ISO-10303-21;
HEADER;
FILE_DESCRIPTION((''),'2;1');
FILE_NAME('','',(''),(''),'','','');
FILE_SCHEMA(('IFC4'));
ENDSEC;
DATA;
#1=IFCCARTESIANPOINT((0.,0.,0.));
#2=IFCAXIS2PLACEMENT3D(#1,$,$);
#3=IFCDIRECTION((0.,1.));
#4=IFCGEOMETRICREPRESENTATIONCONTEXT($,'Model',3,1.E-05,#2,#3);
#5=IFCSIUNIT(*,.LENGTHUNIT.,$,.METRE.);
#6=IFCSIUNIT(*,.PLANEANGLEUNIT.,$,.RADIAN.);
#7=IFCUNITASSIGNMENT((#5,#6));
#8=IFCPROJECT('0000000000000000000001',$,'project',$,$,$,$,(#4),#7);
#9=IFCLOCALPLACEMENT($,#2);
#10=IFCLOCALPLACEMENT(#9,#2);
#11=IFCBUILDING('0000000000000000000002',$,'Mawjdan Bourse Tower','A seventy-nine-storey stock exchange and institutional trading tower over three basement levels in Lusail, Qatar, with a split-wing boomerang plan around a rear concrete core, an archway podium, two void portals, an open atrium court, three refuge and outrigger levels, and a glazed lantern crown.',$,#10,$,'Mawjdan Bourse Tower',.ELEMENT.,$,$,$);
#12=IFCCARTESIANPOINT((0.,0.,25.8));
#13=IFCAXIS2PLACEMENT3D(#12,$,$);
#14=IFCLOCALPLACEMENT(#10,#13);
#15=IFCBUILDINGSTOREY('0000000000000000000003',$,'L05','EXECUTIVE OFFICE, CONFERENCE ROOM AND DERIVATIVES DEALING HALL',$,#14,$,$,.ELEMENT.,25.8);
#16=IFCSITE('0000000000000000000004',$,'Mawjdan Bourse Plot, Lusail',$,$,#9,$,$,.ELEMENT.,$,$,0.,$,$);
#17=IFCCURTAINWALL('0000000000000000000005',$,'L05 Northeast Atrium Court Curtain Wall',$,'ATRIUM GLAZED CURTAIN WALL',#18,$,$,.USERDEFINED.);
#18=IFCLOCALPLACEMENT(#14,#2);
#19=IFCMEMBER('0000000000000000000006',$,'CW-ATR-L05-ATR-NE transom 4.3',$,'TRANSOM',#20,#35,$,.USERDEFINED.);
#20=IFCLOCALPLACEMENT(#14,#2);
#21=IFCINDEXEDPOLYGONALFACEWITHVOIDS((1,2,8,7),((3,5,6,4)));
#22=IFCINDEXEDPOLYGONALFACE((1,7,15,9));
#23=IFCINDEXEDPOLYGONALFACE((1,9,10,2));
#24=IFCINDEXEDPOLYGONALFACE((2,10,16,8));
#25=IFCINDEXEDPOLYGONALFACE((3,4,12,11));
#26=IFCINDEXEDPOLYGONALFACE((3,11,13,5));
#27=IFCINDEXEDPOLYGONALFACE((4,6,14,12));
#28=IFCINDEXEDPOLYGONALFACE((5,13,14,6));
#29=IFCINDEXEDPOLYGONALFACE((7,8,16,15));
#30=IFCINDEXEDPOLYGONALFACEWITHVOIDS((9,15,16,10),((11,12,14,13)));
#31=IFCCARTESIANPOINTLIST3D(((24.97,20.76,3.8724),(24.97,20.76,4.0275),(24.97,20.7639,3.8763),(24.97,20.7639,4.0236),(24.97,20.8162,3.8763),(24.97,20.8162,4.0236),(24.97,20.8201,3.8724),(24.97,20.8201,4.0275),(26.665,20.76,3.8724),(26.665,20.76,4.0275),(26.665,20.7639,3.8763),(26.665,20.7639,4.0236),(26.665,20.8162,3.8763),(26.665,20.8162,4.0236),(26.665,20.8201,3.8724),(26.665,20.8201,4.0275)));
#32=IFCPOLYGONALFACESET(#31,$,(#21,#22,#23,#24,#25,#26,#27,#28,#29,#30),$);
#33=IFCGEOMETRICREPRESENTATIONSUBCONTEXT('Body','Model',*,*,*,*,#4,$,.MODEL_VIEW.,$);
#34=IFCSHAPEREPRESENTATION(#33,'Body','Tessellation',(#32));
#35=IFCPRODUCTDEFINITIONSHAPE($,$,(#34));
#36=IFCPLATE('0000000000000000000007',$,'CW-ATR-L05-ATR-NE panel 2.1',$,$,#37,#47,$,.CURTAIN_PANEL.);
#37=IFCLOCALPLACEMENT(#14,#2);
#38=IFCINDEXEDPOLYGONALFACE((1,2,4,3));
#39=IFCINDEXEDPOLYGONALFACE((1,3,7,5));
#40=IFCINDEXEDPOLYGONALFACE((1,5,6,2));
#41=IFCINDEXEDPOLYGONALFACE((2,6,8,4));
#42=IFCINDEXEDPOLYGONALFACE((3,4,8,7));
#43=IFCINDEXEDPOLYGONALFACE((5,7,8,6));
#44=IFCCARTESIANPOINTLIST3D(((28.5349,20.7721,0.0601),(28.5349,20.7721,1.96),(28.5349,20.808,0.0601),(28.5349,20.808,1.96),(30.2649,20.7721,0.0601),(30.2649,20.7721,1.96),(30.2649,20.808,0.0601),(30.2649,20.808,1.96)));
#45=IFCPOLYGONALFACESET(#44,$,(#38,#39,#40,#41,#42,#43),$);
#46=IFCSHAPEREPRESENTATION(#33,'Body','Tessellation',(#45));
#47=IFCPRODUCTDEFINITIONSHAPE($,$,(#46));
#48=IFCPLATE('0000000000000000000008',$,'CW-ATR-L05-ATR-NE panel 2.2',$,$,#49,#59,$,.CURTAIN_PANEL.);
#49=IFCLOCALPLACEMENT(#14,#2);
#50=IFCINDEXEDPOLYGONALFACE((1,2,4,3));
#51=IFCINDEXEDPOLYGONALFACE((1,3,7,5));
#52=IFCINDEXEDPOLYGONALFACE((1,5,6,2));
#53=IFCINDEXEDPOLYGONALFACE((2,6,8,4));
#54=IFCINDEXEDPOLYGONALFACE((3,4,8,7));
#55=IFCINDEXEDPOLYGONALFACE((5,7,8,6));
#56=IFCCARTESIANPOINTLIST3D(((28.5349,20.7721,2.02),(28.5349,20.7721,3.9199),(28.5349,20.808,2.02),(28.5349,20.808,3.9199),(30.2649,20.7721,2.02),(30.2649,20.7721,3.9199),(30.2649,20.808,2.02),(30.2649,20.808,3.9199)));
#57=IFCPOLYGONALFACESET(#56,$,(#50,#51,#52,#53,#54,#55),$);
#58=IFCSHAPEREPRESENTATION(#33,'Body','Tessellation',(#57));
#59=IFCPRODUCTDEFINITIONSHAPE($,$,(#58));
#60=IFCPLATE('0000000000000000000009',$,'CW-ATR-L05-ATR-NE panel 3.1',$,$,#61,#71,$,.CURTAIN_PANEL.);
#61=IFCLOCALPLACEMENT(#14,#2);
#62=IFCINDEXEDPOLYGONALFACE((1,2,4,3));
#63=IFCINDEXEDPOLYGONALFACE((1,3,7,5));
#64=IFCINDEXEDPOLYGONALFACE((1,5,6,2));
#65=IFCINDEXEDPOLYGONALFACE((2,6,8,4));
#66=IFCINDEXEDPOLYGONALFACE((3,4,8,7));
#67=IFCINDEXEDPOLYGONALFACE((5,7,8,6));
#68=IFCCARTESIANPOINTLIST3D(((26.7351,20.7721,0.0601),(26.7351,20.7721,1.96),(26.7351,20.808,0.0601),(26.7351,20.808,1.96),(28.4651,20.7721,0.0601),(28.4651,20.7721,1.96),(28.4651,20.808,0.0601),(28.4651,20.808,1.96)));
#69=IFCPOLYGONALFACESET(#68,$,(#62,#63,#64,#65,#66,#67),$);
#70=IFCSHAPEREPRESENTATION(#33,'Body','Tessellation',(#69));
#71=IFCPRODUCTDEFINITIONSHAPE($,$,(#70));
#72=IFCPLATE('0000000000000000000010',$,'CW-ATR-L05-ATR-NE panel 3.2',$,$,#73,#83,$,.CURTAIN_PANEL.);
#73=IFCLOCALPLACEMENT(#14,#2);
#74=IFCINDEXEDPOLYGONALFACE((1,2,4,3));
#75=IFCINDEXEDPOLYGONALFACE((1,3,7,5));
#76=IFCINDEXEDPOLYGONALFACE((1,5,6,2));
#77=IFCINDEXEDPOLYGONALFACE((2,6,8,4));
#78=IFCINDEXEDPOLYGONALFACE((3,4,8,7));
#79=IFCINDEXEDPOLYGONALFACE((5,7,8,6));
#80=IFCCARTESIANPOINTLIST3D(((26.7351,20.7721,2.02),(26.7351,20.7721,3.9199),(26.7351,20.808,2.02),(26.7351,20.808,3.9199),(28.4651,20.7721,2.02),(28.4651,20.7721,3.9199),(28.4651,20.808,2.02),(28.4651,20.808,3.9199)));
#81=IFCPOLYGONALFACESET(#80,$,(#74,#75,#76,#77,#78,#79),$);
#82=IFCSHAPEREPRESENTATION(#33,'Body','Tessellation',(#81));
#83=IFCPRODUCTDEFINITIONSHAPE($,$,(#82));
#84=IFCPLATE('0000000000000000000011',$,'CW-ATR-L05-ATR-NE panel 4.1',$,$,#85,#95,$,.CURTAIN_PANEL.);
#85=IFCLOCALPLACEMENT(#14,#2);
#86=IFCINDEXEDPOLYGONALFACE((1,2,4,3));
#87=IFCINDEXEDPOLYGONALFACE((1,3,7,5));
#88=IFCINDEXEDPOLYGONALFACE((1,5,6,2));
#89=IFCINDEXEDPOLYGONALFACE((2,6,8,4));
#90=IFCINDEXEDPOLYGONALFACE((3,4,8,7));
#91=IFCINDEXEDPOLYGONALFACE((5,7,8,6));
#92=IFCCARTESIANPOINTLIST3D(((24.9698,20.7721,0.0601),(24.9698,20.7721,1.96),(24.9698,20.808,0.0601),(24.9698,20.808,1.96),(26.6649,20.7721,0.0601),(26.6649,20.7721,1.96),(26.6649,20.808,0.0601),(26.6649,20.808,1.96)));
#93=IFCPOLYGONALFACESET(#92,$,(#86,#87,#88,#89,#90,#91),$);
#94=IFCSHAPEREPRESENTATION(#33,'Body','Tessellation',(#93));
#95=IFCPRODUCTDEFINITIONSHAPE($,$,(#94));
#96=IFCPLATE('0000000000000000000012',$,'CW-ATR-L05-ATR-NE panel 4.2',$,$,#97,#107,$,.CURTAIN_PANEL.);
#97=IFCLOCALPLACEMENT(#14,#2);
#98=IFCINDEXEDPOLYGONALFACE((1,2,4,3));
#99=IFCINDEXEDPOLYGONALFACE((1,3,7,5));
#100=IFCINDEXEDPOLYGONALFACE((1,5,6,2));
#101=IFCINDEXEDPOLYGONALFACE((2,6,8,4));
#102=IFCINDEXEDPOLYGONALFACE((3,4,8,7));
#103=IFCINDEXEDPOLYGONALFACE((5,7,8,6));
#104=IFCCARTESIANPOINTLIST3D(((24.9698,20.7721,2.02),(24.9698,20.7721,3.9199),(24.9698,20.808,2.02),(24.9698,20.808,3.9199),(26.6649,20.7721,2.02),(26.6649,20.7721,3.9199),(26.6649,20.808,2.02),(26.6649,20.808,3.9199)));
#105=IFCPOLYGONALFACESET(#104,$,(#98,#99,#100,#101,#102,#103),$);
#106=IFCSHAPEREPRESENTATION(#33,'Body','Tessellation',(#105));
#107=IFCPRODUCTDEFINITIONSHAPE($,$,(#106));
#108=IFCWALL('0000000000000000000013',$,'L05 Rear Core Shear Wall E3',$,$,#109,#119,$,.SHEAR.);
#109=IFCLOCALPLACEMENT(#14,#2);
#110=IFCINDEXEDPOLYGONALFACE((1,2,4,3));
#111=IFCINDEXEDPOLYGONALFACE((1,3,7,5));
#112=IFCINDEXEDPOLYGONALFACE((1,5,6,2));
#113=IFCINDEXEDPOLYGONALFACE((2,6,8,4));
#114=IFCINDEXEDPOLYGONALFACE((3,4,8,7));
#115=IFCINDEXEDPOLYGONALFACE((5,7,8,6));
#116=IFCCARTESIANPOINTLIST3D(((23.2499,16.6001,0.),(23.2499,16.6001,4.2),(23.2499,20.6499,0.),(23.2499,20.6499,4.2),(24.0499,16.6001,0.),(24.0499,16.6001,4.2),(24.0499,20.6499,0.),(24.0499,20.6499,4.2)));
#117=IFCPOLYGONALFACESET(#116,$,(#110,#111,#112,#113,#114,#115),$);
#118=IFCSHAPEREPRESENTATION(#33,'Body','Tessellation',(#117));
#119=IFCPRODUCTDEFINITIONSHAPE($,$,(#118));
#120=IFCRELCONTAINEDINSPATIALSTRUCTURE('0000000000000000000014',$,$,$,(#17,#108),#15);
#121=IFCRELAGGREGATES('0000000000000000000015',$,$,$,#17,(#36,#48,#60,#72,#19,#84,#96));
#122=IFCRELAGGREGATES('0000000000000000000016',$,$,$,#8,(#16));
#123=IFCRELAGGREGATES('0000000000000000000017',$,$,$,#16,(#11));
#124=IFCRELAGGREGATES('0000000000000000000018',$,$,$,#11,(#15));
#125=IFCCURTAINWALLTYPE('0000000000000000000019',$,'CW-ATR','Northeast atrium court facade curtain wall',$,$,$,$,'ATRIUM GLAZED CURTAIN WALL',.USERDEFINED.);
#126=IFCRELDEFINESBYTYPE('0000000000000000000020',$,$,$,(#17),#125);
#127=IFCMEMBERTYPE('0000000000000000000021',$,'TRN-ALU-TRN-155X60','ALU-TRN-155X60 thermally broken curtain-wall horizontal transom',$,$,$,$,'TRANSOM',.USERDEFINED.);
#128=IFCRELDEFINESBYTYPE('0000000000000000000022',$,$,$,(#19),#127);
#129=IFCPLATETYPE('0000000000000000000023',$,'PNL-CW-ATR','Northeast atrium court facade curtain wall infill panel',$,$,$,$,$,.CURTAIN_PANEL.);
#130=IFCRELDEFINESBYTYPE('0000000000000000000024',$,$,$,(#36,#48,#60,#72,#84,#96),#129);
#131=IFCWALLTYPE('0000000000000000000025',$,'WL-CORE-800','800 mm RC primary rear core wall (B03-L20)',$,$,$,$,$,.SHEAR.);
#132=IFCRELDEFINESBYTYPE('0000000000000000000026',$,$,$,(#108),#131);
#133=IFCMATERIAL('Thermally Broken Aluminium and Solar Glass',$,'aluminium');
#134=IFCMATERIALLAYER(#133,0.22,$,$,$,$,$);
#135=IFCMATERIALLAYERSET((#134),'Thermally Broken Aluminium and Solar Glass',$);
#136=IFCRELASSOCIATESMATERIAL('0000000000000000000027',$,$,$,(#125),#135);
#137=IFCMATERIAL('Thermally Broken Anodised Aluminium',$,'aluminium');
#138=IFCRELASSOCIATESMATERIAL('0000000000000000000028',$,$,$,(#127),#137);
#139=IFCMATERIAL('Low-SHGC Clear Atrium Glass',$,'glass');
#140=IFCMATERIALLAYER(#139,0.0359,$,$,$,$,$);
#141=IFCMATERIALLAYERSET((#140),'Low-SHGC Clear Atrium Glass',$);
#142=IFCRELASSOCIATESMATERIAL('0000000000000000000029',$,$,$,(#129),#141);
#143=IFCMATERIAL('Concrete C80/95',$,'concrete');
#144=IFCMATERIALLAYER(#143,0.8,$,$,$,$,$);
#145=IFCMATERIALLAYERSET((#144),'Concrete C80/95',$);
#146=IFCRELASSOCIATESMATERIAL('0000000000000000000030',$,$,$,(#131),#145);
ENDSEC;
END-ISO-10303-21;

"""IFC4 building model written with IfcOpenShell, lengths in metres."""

from ifc_helpers import new_model, si_unit, direction, frame, frame_2d, origin, origin_2d, place, context, subcontext, project, spatial, rectangle, hollow_rectangle, extrude, material, layer, layer_set, material_profile, profile_set, type_object, element, aggregate, save


model = new_model("IFC4")

# Units and contexts
model_context = context("Model", 3, precision=1e-05, world=origin(), true_north=direction((0.0, 1.0)))
body_context = subcontext(model_context, "Body", "Model", "MODEL_VIEW")
ifc_project = project(units=[si_unit("LENGTHUNIT", "METRE"), si_unit("PLANEANGLEUNIT", "RADIAN")], contexts=[model_context])

# Site, building, storey
site_placement = place(None, origin())
site = spatial("IfcSite", under=ifc_project, at=site_placement, Name="Mawjdan Bourse Plot, Lusail", CompositionType="ELEMENT", RefElevation=0.0)
building_placement = place(site_placement, origin())
building = spatial("IfcBuilding", under=site, at=building_placement, Name="Mawjdan Bourse Tower", Description="A seventy-nine-storey stock exchange and institutional trading tower over three basement levels in Lusail, Qatar, with a split-wing boomerang plan around a rear concrete core, an archway podium, two void portals, an open atrium court, three refuge and outrigger levels, and a glazed lantern crown.", LongName="Mawjdan Bourse Tower", CompositionType="ELEMENT")
storey_placement = place(building_placement, frame((0.0, 0.0, 25.8)))
storey = spatial("IfcBuildingStorey", under=building, at=storey_placement, Name="L05", Description="EXECUTIVE OFFICE, CONFERENCE ROOM AND DERIVATIVES DEALING HALL", CompositionType="ELEMENT", Elevation=25.8)

# Curtain wall, member, plates
ifc_material_1 = material(Name="Thermally Broken Aluminium and Solar Glass", Category="aluminium")
ifc_layer_1 = layer(ifc_material_1, 0.22)
ifc_layer_set_1 = layer_set([ifc_layer_1], Name="Thermally Broken Aluminium and Solar Glass")
curtain_wall_type = type_object("IfcCurtainWallType", Name="CW-ATR", Description="Northeast atrium court facade curtain wall", ElementType="ATRIUM GLAZED CURTAIN WALL", PredefinedType="USERDEFINED", material=ifc_layer_set_1)
curtain_wall_placement = place(storey_placement, origin())
curtain_wall = element("IfcCurtainWall", 1, at=curtain_wall_placement, inside=storey, type_object=curtain_wall_type, Name="L05 Northeast Atrium Court Curtain Wall", ObjectType="ATRIUM GLAZED CURTAIN WALL", PredefinedType="USERDEFINED")
ifc_material_2 = material(Name="Thermally Broken Anodised Aluminium", Category="aluminium")
ifc_material_profile_1 = material_profile(ifc_material_2, hollow_rectangle(XDim=0.0601, YDim=0.155, WallThickness=0.0039, at=origin_2d()), Name="ALU-TRN-155X60")
ifc_profile_set_1 = profile_set([ifc_material_profile_1], Name="Thermally Broken Anodised Aluminium")
member_type_1 = type_object("IfcMemberType", Name="TRN-ALU-TRN-155X60", Description="ALU-TRN-155X60 thermally broken curtain-wall horizontal transom", ElementType="TRANSOM", PredefinedType="USERDEFINED", material=ifc_profile_set_1)
member_1_placement = place(storey_placement, frame((26.665, 20.79, 3.95), z_axis=(-1.0, 0.0, 0.0), x_axis=(0.0, -1.0, 0.0)))
member_1 = element("IfcMember", 2, at=member_1_placement, type_object=member_type_1, Name="CW-ATR-L05-ATR-NE transom 4.3", ObjectType="TRANSOM", PredefinedType="USERDEFINED", context=body_context, shape_type="SweptSolid", body=[
    extrude(hollow_rectangle(XDim=0.0601, YDim=0.155, WallThickness=0.0039, at=origin_2d()), origin(), (0.0, 0.0, 1.0), 1.6951),
])
ifc_material_3 = material(Name="Low-SHGC Clear Atrium Glass", Category="glass")
ifc_layer_2 = layer(ifc_material_3, 0.0359)
ifc_layer_set_2 = layer_set([ifc_layer_2], Name="Low-SHGC Clear Atrium Glass")
plate_type = type_object("IfcPlateType", Name="PNL-CW-ATR", Description="Northeast atrium court facade curtain wall infill panel", PredefinedType="CURTAIN_PANEL", material=ifc_layer_set_2)
plate_1_placement = place(storey_placement, frame((29.3999, 20.79, 0.0601), z_axis=(0.0, 0.0, 1.0), x_axis=(-1.0, 0.0, 0.0)))
plate_1 = element("IfcPlate", 3, at=plate_1_placement, type_object=plate_type, Name="CW-ATR-L05-ATR-NE panel 2.1", PredefinedType="CURTAIN_PANEL", context=body_context, shape_type="SweptSolid", body=[
    extrude(rectangle(XDim=1.73, YDim=0.0359, at=origin_2d()), origin(), (0.0, 0.0, 1.0), 1.8999),
])
plate_2_placement = place(storey_placement, frame((29.3999, 20.79, 2.02), z_axis=(0.0, 0.0, 1.0), x_axis=(-1.0, 0.0, 0.0)))
plate_2 = element("IfcPlate", 4, at=plate_2_placement, type_object=plate_type, Name="CW-ATR-L05-ATR-NE panel 2.2", PredefinedType="CURTAIN_PANEL", context=body_context, shape_type="SweptSolid", body=[
    extrude(rectangle(XDim=1.73, YDim=0.0359, at=origin_2d()), origin(), (0.0, 0.0, 1.0), 1.8999),
])
plate_3_placement = place(storey_placement, frame((27.6001, 20.79, 0.0601), z_axis=(0.0, 0.0, 1.0), x_axis=(-1.0, 0.0, 0.0)))
plate_3 = element("IfcPlate", 5, at=plate_3_placement, type_object=plate_type, Name="CW-ATR-L05-ATR-NE panel 3.1", PredefinedType="CURTAIN_PANEL", context=body_context, shape_type="SweptSolid", body=[
    extrude(rectangle(XDim=1.73, YDim=0.0359, at=origin_2d()), origin(), (0.0, 0.0, 1.0), 1.8999),
])
plate_4_placement = place(storey_placement, frame((27.6001, 20.79, 2.02), z_axis=(0.0, 0.0, 1.0), x_axis=(-1.0, 0.0, 0.0)))
plate_4 = element("IfcPlate", 6, at=plate_4_placement, type_object=plate_type, Name="CW-ATR-L05-ATR-NE panel 3.2", PredefinedType="CURTAIN_PANEL", context=body_context, shape_type="SweptSolid", body=[
    extrude(rectangle(XDim=1.73, YDim=0.0359, at=origin_2d()), origin(), (0.0, 0.0, 1.0), 1.8999),
])
plate_5_placement = place(storey_placement, frame((25.8174, 20.79, 0.0601), z_axis=(0.0, 0.0, 1.0), x_axis=(-1.0, 0.0, 0.0)))
plate_5 = element("IfcPlate", 7, at=plate_5_placement, type_object=plate_type, Name="CW-ATR-L05-ATR-NE panel 4.1", PredefinedType="CURTAIN_PANEL", context=body_context, shape_type="SweptSolid", body=[
    extrude(rectangle(XDim=1.6951, YDim=0.0359, at=origin_2d()), origin(), (0.0, 0.0, 1.0), 1.8999),
])
plate_6_placement = place(storey_placement, frame((25.8174, 20.79, 2.02), z_axis=(0.0, 0.0, 1.0), x_axis=(-1.0, 0.0, 0.0)))
plate_6 = element("IfcPlate", 8, at=plate_6_placement, type_object=plate_type, Name="CW-ATR-L05-ATR-NE panel 4.2", PredefinedType="CURTAIN_PANEL", context=body_context, shape_type="SweptSolid", body=[
    extrude(rectangle(XDim=1.6951, YDim=0.0359, at=origin_2d()), origin(), (0.0, 0.0, 1.0), 1.8999),
])
aggregate(curtain_wall, [plate_1, plate_2, plate_3, plate_4, member_1, plate_5, plate_6])

# Wall
ifc_material_4 = material(Name="Concrete C80/95", Category="concrete")
ifc_layer_3 = layer(ifc_material_4, 0.8)
ifc_layer_set_3 = layer_set([ifc_layer_3], Name="Concrete C80/95")
wall_type_1 = type_object("IfcWallType", Name="WL-CORE-800", Description="800 mm RC primary rear core wall (B03-L20)", PredefinedType="SHEAR", material=ifc_layer_set_3)
wall_1_placement = place(storey_placement, frame((23.6499, 16.6001, 0.0), z_axis=(0.0, 0.0, 1.0), x_axis=(0.0, 1.0, 0.0)))
element("IfcWall", 9, at=wall_1_placement, inside=storey, type_object=wall_type_1, Name="L05 Rear Core Shear Wall E3", PredefinedType="SHEAR", context=body_context, shape_type="SweptSolid", body=[
    extrude(rectangle(XDim=4.0498, YDim=0.8, at=frame_2d((2.0249, 0.0))), origin(), (0.0, 0.0, 1.0), 4.2),
])

save(model, "model.ifc")
